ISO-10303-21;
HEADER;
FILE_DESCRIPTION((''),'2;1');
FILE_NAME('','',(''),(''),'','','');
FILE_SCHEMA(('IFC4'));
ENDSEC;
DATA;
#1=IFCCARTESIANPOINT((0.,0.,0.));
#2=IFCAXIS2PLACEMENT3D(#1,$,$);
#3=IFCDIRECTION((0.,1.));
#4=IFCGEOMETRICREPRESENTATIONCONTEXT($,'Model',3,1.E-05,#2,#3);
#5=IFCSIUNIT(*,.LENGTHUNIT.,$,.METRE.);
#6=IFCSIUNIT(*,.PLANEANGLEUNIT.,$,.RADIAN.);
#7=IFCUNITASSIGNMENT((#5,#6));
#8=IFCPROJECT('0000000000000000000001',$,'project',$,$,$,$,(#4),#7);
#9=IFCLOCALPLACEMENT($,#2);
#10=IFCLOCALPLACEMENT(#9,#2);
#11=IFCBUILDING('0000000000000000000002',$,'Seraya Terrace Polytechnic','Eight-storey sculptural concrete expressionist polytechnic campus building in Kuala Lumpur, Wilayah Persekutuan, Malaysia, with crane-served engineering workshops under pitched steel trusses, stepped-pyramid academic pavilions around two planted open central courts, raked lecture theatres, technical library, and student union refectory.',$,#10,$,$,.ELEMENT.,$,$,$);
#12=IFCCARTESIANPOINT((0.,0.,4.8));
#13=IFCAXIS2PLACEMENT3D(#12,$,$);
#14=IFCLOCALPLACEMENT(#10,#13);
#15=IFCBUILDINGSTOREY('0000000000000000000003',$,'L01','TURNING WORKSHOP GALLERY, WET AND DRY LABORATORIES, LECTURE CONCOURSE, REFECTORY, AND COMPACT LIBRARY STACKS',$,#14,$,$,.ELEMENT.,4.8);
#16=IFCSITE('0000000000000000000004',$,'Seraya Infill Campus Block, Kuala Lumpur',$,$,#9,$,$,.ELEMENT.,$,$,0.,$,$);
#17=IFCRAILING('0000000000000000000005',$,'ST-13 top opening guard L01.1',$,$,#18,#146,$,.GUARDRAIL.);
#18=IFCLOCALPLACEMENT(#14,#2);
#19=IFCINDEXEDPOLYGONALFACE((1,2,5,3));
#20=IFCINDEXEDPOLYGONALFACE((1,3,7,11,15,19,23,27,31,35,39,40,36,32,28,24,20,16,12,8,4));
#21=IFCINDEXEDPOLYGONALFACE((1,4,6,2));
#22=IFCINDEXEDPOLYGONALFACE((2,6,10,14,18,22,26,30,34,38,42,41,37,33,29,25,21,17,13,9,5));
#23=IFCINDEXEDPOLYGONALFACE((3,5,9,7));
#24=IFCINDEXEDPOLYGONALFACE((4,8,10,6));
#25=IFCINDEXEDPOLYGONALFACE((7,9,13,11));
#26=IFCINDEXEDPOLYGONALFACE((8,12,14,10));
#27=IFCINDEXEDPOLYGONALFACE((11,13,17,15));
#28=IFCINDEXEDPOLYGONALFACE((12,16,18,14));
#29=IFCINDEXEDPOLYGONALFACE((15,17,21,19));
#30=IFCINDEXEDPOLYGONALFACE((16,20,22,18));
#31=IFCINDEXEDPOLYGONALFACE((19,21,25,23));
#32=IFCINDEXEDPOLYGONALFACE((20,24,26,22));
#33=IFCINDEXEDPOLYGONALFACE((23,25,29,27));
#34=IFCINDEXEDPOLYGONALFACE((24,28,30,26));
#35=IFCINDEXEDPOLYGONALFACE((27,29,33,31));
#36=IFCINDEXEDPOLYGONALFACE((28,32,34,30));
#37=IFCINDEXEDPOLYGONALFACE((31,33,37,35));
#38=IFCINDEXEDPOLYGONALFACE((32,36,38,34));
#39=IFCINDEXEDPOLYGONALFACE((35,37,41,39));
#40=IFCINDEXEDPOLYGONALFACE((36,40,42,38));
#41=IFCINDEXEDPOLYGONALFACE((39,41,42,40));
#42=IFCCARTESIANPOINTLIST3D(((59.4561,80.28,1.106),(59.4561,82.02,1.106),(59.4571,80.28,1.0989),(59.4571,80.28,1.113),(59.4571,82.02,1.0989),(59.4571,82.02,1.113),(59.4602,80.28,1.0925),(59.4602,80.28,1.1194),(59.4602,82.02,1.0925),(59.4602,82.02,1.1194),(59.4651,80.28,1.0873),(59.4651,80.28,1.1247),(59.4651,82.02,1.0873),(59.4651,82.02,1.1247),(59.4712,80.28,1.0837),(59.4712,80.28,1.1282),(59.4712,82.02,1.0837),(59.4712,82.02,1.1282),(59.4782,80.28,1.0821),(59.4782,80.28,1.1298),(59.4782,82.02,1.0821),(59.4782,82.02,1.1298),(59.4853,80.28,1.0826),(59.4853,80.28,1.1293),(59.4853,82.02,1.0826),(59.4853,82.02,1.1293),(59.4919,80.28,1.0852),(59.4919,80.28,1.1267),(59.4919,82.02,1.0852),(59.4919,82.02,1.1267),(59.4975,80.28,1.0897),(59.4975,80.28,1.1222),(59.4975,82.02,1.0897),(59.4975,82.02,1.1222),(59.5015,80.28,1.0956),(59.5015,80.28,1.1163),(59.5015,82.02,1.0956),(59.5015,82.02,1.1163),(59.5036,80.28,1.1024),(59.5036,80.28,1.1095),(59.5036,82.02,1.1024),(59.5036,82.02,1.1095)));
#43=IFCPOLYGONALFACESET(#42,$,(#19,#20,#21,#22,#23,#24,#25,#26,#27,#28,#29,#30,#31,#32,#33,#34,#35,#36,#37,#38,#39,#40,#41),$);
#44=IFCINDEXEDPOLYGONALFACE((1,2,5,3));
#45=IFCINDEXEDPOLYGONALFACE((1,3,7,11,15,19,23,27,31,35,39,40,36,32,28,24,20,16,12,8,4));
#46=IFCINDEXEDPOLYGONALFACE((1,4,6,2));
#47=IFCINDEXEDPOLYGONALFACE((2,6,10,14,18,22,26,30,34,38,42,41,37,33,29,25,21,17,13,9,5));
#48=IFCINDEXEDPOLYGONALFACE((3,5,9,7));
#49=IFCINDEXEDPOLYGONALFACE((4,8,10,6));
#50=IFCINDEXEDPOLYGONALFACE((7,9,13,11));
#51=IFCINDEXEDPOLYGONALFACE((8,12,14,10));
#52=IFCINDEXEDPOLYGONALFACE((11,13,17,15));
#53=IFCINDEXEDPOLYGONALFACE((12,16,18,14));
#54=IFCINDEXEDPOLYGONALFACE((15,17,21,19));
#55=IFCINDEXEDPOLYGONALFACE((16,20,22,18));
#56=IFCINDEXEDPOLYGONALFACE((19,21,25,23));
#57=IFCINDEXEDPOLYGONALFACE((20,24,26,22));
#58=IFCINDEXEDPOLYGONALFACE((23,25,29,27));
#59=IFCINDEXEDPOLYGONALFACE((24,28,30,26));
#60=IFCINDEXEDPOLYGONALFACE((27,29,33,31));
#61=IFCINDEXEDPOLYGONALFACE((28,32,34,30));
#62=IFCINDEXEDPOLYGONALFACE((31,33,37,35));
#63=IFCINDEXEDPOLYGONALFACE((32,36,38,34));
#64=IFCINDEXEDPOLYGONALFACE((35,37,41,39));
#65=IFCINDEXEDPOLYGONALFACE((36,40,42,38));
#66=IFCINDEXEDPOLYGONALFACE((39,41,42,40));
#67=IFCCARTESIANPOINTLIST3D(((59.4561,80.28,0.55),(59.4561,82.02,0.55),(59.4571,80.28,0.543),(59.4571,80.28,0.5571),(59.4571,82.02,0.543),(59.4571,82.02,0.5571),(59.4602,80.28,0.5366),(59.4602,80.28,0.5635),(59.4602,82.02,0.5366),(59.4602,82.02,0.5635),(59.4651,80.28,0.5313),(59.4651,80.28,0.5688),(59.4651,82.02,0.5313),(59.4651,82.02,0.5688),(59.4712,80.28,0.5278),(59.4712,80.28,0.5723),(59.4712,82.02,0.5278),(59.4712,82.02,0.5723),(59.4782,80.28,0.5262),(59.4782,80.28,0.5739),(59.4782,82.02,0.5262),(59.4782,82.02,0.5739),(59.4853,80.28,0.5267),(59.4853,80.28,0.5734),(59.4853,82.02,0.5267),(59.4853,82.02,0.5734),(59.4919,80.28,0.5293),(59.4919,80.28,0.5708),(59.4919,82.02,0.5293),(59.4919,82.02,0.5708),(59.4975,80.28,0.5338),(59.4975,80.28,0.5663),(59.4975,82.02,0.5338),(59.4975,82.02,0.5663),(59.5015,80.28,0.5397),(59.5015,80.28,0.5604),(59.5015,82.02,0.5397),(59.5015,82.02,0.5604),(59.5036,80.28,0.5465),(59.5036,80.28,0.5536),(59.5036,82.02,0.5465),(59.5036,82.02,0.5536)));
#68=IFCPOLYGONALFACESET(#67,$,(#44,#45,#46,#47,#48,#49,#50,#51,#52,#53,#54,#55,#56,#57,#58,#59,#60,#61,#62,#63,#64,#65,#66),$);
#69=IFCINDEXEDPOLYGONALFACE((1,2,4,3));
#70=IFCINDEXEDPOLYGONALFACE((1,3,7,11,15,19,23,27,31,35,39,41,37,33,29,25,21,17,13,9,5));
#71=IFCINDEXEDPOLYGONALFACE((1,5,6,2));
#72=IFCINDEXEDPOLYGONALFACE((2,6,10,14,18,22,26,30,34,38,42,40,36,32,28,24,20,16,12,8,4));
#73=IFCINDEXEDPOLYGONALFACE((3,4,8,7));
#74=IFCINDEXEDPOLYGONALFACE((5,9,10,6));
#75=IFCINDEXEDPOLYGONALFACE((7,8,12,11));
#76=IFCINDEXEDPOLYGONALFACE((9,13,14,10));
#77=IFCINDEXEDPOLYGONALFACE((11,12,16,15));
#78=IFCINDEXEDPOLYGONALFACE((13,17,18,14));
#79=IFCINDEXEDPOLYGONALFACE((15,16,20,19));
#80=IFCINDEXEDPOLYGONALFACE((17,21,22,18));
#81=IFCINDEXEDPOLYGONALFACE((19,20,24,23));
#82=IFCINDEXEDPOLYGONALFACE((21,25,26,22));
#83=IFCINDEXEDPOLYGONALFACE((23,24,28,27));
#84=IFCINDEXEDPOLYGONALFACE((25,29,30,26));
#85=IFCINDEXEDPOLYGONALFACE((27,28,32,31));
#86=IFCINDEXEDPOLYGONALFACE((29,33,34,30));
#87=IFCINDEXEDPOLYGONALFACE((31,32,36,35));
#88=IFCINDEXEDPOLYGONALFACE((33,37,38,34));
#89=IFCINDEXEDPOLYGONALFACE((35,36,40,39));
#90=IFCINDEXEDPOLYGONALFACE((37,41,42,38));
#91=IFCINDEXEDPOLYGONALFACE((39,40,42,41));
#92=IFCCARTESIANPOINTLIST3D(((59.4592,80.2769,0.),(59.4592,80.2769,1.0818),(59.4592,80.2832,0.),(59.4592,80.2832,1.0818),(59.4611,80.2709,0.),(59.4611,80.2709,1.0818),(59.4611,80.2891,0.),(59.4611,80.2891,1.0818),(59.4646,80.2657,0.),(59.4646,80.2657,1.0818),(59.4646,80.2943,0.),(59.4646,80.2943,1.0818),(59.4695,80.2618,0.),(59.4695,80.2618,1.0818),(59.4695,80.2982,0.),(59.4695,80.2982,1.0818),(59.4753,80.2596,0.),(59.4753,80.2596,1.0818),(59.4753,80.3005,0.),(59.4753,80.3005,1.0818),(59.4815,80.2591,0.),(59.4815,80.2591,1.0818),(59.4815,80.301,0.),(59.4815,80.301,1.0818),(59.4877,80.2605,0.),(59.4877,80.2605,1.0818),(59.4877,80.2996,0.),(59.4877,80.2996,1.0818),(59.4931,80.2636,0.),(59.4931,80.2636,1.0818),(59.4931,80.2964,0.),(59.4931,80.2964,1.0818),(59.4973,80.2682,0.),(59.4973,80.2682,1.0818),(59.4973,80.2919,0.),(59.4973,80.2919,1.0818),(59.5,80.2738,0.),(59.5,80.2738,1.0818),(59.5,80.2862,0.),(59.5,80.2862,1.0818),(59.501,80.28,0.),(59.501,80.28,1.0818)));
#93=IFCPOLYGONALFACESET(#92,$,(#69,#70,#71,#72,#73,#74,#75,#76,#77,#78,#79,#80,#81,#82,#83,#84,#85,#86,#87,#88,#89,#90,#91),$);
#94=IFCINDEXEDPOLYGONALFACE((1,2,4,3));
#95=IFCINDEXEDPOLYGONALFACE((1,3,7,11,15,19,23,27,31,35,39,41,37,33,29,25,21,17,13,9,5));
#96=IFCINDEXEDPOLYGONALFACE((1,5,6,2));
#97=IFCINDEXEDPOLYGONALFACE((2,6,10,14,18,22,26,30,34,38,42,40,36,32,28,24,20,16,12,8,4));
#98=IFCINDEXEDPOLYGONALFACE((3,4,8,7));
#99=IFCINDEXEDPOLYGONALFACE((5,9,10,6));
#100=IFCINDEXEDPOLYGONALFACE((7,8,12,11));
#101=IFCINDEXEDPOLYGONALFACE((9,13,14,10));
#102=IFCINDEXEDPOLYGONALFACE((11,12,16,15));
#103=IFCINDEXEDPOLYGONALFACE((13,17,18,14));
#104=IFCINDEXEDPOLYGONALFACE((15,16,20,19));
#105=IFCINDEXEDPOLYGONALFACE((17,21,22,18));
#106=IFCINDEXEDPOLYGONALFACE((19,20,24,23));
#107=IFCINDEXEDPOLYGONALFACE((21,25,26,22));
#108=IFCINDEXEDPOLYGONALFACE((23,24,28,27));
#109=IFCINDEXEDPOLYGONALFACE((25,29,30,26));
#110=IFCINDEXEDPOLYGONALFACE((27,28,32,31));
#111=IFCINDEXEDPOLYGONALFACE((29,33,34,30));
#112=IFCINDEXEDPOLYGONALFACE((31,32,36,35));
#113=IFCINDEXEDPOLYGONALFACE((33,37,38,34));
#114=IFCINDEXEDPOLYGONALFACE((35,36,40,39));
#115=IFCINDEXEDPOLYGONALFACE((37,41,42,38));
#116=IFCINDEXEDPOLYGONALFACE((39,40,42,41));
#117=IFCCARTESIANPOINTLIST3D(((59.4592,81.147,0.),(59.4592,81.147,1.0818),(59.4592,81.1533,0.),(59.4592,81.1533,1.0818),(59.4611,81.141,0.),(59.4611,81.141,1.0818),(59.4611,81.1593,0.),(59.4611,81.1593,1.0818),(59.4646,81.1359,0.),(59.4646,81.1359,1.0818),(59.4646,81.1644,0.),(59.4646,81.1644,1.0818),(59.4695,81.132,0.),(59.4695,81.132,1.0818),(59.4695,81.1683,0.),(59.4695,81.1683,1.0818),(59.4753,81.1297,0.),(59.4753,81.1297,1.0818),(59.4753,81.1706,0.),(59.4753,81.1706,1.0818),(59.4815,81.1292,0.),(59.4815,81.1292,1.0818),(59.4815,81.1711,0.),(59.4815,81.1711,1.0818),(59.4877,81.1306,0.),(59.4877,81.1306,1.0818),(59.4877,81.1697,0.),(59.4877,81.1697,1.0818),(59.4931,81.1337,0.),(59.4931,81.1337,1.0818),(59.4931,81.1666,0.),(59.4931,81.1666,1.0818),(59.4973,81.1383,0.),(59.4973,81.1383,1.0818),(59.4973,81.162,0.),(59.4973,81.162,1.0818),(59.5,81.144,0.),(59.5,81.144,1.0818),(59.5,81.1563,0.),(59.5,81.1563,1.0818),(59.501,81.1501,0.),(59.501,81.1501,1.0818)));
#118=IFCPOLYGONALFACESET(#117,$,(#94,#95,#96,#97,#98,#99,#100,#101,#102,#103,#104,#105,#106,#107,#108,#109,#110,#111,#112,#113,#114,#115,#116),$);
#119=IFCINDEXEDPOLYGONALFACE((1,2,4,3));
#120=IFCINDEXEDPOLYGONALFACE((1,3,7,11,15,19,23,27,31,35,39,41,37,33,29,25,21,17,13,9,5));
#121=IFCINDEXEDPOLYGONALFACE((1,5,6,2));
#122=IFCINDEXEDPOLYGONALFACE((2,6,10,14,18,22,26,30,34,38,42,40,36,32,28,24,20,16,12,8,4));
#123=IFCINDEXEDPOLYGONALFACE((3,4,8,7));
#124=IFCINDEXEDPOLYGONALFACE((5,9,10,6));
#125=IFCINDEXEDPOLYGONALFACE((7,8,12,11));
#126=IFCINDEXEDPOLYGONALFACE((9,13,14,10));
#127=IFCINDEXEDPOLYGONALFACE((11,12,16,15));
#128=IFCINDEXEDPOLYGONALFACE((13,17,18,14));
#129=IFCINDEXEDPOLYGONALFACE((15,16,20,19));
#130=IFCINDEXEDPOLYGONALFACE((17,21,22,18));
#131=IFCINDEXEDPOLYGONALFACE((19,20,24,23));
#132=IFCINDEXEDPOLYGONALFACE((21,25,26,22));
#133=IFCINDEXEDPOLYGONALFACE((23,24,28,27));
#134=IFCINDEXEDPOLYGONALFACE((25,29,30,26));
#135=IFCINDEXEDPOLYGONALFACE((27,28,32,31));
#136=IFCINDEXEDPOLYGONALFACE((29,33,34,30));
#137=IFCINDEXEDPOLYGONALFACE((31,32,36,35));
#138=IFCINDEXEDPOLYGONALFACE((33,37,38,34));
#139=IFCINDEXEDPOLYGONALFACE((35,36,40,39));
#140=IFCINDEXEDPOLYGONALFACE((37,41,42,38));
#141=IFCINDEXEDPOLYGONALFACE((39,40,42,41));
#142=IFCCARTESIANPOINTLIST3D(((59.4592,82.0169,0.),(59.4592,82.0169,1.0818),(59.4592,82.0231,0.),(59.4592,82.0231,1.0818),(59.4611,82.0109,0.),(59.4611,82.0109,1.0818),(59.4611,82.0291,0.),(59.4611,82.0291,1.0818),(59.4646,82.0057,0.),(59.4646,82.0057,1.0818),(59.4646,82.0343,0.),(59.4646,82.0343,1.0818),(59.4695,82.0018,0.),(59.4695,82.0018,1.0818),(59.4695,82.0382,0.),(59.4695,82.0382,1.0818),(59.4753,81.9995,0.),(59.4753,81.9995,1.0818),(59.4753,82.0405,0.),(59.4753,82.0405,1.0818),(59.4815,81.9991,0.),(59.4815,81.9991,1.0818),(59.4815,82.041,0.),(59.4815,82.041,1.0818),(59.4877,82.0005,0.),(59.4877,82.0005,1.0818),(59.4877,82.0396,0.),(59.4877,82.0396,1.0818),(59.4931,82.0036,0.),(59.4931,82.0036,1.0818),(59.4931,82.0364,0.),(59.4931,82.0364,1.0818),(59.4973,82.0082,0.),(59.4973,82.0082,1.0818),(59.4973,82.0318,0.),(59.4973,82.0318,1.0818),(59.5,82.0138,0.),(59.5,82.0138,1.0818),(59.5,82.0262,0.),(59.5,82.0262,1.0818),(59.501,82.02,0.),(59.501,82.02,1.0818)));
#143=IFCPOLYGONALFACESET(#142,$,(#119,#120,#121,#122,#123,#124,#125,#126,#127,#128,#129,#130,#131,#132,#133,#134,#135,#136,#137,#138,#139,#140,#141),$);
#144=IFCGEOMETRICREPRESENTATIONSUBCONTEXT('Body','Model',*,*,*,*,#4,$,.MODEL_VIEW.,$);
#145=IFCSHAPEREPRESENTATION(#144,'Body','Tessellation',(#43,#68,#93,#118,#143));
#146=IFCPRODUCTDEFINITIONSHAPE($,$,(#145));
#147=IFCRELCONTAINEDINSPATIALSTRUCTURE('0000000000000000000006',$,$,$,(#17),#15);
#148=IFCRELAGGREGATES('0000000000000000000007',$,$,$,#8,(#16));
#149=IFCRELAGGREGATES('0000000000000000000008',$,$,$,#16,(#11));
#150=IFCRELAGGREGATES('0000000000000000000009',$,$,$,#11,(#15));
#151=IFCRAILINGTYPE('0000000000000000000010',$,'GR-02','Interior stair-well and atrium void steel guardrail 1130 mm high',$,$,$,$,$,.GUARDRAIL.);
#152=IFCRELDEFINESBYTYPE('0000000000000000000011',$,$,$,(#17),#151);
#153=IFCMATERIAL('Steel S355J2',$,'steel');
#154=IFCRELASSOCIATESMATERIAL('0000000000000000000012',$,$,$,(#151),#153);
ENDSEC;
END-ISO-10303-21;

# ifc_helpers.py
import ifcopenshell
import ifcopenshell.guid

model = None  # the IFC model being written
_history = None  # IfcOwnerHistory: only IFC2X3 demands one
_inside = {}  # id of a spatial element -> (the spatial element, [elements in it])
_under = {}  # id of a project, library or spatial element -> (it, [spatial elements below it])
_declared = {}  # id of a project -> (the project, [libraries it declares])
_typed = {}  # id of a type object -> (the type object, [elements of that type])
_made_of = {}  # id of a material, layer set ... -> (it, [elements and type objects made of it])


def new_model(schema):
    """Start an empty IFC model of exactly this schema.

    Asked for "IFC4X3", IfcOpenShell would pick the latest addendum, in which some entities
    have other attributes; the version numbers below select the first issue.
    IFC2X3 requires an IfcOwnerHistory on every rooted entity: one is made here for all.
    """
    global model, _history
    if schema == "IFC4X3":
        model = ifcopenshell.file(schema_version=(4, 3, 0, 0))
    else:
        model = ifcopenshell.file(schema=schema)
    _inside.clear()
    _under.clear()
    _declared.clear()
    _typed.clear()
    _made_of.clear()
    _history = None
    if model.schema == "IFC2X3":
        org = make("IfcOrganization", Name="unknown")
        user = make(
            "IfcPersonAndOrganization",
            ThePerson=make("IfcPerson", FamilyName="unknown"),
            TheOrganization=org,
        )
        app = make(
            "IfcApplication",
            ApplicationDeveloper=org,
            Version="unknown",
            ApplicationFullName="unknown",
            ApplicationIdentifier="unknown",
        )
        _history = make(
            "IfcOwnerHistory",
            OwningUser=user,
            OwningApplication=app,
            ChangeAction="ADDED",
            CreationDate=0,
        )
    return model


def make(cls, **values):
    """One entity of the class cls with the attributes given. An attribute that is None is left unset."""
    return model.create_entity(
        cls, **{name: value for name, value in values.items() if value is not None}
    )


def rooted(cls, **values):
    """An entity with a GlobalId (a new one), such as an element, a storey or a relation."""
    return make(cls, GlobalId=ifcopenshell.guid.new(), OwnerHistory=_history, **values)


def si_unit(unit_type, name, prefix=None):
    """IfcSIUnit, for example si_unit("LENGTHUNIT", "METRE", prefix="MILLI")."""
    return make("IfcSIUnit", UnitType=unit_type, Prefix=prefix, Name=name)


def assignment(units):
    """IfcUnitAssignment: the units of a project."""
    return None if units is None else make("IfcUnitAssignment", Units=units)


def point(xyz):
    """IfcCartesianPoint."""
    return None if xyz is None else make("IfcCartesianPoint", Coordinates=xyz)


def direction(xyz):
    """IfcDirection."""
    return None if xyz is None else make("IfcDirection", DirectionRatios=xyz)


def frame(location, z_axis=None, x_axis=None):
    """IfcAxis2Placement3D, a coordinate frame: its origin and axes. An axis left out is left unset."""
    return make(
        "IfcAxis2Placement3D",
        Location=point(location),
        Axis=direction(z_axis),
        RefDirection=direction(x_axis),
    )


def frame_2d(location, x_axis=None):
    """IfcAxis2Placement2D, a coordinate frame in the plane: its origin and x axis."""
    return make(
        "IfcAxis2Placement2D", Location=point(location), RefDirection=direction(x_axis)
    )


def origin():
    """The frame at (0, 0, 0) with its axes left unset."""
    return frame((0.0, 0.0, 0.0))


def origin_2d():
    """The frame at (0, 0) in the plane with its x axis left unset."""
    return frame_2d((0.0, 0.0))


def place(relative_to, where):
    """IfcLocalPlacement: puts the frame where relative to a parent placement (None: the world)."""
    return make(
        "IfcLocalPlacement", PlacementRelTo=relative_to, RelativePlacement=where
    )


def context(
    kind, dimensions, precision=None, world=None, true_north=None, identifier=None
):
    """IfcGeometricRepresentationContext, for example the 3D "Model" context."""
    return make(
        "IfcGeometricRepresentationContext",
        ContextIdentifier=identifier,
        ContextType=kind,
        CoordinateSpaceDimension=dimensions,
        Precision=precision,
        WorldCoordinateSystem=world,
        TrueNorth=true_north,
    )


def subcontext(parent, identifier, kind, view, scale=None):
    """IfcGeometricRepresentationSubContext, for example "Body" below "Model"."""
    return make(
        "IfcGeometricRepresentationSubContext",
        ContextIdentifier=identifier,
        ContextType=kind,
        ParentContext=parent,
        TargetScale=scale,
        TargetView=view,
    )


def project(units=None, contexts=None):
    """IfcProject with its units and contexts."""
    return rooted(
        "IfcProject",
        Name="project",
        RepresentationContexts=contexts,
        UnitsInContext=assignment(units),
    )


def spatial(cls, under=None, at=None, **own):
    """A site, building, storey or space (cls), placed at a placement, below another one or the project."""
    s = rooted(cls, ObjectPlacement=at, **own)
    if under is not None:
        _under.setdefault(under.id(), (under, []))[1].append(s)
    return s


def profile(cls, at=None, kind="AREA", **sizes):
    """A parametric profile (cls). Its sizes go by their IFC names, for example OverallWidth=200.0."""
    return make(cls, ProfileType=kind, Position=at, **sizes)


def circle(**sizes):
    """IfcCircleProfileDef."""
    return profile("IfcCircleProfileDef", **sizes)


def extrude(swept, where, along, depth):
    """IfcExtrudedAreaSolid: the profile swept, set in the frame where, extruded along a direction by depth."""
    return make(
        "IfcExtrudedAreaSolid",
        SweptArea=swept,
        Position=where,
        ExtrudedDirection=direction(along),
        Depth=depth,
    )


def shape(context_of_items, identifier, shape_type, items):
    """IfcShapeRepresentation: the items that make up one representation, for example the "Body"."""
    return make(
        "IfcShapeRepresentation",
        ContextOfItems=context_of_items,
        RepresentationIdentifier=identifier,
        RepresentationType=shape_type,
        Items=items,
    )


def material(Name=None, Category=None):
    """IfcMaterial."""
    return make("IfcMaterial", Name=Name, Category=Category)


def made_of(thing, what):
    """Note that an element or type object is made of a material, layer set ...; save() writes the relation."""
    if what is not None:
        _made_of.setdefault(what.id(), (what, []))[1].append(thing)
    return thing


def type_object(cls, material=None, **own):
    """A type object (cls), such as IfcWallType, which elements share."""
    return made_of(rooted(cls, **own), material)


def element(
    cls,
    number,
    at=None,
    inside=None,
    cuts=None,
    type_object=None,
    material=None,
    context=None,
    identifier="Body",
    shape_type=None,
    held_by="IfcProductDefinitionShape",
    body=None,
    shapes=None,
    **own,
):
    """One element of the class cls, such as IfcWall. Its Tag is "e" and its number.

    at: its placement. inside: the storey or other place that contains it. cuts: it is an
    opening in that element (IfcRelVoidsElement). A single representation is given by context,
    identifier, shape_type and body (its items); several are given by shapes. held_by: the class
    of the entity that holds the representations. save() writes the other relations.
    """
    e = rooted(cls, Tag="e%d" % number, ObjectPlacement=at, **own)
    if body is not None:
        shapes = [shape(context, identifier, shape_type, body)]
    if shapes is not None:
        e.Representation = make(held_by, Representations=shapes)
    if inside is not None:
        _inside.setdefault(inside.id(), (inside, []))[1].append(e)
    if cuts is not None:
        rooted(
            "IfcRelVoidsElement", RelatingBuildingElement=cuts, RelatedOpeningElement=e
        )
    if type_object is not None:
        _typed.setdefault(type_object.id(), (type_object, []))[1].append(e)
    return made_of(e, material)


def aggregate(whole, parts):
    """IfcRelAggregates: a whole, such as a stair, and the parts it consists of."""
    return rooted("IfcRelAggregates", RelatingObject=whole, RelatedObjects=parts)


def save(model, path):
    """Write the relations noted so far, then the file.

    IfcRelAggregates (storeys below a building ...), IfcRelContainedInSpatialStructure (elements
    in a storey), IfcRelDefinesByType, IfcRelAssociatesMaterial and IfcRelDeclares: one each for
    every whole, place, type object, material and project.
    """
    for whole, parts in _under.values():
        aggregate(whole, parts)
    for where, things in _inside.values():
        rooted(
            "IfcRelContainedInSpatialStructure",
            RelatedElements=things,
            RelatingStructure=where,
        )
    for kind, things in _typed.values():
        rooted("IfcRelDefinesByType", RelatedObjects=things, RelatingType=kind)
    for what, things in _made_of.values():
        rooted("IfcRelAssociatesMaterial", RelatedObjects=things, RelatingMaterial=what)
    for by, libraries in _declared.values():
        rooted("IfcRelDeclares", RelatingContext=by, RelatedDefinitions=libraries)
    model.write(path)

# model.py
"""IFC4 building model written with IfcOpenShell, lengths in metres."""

from ifc_helpers import new_model, si_unit, direction, frame, origin, origin_2d, place, context, subcontext, project, spatial, circle, extrude, material, type_object, element, save


model = new_model("IFC4")

# Units and contexts
model_context = context("Model", 3, precision=1e-05, world=origin(), true_north=direction((0.0, 1.0)))
body_context = subcontext(model_context, "Body", "Model", "MODEL_VIEW")
ifc_project = project(units=[si_unit("LENGTHUNIT", "METRE"), si_unit("PLANEANGLEUNIT", "RADIAN")], contexts=[model_context])

# Site, building, storey
site_placement = place(None, origin())
site = spatial("IfcSite", under=ifc_project, at=site_placement, Name="Seraya Infill Campus Block, Kuala Lumpur", CompositionType="ELEMENT", RefElevation=0.0)
building_placement = place(site_placement, origin())
building = spatial("IfcBuilding", under=site, at=building_placement, Name="Seraya Terrace Polytechnic", Description="Eight-storey sculptural concrete expressionist polytechnic campus building in Kuala Lumpur, Wilayah Persekutuan, Malaysia, with crane-served engineering workshops under pitched steel trusses, stepped-pyramid academic pavilions around two planted open central courts, raked lecture theatres, technical library, and student union refectory.", CompositionType="ELEMENT")
storey_placement = place(building_placement, frame((0.0, 0.0, 4.8)))
storey = spatial("IfcBuildingStorey", under=building, at=storey_placement, Name="L01", Description="TURNING WORKSHOP GALLERY, WET AND DRY LABORATORIES, LECTURE CONCOURSE, REFECTORY, AND COMPACT LIBRARY STACKS", CompositionType="ELEMENT", Elevation=4.8)

# Railing
ifc_material_1 = material(Name="Steel S355J2", Category="steel")
railing_type = type_object("IfcRailingType", Name="GR-02", Description="Interior stair-well and atrium void steel guardrail 1130 mm high", PredefinedType="GUARDRAIL", material=ifc_material_1)
railing_placement = place(storey_placement, frame((59.48, 80.28, 0.0)))
element("IfcRailing", 1, at=railing_placement, inside=storey, type_object=railing_type, Name="ST-13 top opening guard L01.1", PredefinedType="GUARDRAIL", context=body_context, shape_type="SweptSolid", body=[
    extrude(circle(Radius=0.0239, at=origin_2d()), frame((0.0, 0.0, 1.106), z_axis=(0.0, 1.0, 0.0), x_axis=(-1.0, 0.0, 0.0)), (0.0, 0.0, 1.0), 1.74),
    extrude(circle(Radius=0.0239, at=origin_2d()), frame((0.0, 0.0, 0.55), z_axis=(0.0, 1.0, 0.0), x_axis=(-1.0, 0.0, 0.0)), (0.0, 0.0, 1.0), 1.74),
    extrude(circle(Radius=0.021, at=origin_2d()), origin(), (0.0, 0.0, 1.0), 1.0818),
    extrude(circle(Radius=0.021, at=origin_2d()), frame((0.0, 0.8701, 0.0)), (0.0, 0.0, 1.0), 1.0818),
    extrude(circle(Radius=0.021, at=origin_2d()), frame((0.0, 1.74, 0.0)), (0.0, 0.0, 1.0), 1.0818),
])

save(model, "model.ifc")
